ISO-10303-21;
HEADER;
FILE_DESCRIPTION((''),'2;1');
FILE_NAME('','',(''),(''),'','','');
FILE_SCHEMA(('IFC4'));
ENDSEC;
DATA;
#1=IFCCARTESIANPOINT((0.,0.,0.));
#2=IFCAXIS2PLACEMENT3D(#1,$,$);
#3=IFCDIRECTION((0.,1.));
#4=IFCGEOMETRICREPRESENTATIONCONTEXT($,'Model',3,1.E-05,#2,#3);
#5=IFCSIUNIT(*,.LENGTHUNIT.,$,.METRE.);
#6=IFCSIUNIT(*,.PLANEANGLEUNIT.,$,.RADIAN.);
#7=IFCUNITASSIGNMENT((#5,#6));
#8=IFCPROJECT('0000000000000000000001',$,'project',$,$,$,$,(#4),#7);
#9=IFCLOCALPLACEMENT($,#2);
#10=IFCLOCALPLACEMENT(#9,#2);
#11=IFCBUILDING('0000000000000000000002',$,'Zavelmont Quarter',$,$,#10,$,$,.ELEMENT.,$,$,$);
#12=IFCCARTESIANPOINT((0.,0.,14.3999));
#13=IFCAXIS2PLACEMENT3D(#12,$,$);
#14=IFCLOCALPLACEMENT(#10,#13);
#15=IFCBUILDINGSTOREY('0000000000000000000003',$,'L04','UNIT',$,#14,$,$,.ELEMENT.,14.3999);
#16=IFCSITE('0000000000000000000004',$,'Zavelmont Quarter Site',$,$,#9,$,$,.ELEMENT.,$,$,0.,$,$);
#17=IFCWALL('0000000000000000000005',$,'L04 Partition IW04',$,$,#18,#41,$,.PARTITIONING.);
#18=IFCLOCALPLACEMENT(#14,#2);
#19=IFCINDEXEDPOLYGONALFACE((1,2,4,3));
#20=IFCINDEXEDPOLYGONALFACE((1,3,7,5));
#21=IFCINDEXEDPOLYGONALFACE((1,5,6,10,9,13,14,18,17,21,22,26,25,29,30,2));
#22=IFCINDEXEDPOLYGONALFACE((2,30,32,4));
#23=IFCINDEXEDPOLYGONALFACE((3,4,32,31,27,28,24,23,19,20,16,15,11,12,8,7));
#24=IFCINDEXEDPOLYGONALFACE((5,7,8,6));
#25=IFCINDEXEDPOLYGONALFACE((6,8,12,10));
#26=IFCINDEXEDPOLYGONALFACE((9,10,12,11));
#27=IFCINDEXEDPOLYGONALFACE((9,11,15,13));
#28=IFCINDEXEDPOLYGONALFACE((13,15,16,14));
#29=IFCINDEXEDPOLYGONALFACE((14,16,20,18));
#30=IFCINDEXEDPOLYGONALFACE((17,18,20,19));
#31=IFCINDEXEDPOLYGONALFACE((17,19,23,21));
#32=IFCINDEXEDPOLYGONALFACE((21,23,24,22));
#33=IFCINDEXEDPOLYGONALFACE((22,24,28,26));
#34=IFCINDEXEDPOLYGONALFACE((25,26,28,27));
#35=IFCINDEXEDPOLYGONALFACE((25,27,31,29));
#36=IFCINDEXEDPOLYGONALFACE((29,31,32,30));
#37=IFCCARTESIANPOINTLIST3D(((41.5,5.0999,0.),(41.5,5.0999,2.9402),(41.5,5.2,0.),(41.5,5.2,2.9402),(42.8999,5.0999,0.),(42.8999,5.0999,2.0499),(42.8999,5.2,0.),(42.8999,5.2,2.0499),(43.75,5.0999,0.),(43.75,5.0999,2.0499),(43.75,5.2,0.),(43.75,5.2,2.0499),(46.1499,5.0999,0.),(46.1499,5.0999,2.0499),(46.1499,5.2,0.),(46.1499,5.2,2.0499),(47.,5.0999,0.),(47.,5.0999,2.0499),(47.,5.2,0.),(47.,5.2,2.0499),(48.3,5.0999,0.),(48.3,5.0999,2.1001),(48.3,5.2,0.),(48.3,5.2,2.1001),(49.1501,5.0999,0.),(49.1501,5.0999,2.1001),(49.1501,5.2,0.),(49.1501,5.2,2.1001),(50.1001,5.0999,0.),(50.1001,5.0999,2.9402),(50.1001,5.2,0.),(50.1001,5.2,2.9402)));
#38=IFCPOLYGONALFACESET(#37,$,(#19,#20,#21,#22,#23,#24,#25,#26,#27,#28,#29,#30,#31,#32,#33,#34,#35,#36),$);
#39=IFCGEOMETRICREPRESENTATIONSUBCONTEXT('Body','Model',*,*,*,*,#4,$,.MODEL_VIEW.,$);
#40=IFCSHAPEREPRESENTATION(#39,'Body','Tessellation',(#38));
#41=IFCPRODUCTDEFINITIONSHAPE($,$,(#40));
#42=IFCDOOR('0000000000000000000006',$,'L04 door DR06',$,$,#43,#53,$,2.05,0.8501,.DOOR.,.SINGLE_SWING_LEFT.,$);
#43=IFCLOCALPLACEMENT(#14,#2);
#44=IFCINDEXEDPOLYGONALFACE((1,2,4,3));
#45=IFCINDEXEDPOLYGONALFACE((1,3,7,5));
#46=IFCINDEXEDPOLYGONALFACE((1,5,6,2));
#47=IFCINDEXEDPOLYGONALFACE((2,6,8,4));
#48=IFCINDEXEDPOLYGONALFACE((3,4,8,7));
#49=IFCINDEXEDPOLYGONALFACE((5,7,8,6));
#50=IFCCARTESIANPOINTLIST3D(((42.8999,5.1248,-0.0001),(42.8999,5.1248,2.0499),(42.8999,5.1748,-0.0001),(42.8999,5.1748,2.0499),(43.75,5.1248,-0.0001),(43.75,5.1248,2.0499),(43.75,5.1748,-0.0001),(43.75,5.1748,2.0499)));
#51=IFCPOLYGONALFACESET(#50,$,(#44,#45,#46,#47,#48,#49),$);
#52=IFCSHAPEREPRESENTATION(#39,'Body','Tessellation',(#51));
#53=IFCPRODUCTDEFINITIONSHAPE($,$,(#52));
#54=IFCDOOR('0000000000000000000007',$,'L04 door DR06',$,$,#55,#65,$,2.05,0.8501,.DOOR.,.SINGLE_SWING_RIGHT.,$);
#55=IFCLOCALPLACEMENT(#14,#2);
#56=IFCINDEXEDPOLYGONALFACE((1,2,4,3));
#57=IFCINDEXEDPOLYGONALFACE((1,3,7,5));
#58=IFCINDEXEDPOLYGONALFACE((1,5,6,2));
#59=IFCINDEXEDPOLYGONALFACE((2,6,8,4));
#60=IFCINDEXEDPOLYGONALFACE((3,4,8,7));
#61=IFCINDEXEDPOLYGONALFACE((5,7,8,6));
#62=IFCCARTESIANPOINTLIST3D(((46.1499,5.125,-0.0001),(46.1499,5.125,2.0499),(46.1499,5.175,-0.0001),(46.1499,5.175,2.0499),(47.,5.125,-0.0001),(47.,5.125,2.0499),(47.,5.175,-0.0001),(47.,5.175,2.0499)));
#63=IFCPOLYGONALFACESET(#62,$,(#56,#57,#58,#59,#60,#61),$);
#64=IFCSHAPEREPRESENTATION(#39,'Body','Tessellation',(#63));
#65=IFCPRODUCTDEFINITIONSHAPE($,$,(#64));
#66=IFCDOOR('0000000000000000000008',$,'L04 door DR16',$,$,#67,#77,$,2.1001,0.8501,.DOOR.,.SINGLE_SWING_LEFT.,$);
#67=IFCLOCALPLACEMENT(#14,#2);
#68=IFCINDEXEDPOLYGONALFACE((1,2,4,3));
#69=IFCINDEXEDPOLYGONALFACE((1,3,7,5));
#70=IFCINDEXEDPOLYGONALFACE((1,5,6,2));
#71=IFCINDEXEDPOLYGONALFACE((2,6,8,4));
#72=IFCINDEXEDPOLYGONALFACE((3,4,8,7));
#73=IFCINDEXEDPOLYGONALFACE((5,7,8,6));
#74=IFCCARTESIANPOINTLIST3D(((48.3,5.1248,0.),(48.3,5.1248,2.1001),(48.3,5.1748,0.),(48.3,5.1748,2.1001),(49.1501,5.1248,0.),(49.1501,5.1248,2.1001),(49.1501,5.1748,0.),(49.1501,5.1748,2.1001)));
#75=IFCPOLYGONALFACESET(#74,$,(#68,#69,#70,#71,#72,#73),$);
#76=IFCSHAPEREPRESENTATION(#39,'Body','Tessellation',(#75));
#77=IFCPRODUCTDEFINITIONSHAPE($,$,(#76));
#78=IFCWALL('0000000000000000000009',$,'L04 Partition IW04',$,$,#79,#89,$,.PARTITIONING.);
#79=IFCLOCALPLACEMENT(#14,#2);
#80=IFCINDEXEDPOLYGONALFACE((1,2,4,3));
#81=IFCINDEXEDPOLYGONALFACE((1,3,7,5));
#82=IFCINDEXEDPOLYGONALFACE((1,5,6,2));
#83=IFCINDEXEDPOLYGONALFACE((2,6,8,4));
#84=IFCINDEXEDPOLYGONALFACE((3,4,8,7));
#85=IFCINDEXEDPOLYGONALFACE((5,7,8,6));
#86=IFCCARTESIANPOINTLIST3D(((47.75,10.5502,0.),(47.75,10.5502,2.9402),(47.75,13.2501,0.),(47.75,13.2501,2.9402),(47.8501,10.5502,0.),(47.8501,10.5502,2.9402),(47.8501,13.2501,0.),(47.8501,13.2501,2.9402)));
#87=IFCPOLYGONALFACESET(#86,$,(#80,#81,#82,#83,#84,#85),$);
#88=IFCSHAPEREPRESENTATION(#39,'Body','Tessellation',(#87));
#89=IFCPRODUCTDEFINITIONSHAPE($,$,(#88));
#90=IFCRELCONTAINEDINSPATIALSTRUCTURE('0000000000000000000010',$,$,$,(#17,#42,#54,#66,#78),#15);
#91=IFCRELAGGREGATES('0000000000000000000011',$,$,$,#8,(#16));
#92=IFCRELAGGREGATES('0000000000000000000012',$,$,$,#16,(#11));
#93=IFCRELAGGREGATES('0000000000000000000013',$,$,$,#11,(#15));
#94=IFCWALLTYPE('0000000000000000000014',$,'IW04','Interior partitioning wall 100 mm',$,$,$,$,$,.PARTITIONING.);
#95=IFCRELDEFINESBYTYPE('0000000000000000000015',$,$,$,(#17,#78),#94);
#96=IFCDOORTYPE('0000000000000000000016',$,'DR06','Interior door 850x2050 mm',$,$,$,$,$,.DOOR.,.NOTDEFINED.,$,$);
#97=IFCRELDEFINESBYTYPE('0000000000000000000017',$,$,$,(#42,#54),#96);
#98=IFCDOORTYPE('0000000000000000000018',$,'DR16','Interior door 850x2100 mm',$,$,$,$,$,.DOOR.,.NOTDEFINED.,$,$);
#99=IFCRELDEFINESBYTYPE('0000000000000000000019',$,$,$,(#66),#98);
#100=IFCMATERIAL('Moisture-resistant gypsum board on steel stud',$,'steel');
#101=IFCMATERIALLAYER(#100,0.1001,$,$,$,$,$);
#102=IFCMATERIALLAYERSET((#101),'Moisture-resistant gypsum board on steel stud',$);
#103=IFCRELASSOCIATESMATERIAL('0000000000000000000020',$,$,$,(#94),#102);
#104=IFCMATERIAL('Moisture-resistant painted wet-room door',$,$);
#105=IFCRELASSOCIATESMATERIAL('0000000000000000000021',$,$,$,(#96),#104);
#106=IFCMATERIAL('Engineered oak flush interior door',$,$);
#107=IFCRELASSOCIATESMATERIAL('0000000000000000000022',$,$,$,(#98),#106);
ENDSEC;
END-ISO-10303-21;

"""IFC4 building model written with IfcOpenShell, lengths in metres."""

from ifc_helpers import new_model, si_unit, direction, frame, frame_2d, origin, origin_with_axes, place, context, subcontext, project, spatial, rectangle, extrude, material, layer, layer_set, type_object, element, fill, save


model = new_model("IFC4")

# Units and contexts
model_context = context("Model", 3, precision=1e-05, world=origin(), true_north=direction((0.0, 1.0)))
body_context = subcontext(model_context, "Body", "Model", "MODEL_VIEW")
ifc_project = project(units=[si_unit("LENGTHUNIT", "METRE"), si_unit("PLANEANGLEUNIT", "RADIAN")], contexts=[model_context])

# Site, building, storey
site_placement = place(None, origin())
site = spatial("IfcSite", under=ifc_project, at=site_placement, Name="Zavelmont Quarter Site", CompositionType="ELEMENT", RefElevation=0.0)
building_placement = place(site_placement, origin())
building = spatial("IfcBuilding", under=site, at=building_placement, Name="Zavelmont Quarter", CompositionType="ELEMENT")
storey_placement = place(building_placement, frame((0.0, 0.0, 14.3999)))
storey = spatial("IfcBuildingStorey", under=building, at=storey_placement, Name="L04", Description="UNIT", CompositionType="ELEMENT", Elevation=14.3999)

# Shared definitions
ifc_material_1 = material(Name="Engineered oak flush interior door")

# Shared definitions
ifc_material_2 = material(Name="Moisture-resistant gypsum board on steel stud", Category="steel")
ifc_layer_1 = layer(ifc_material_2, 0.1001)
ifc_layer_set_1 = layer_set([ifc_layer_1], Name="Moisture-resistant gypsum board on steel stud")
wall_type_1 = type_object("IfcWallType", Name="IW04", Description="Interior partitioning wall 100 mm", PredefinedType="PARTITIONING", material=ifc_layer_set_1)

# Wall, openings, doors
wall_1_placement = place(storey_placement, frame((41.5, 5.1499, 0.0), z_axis=(0.0, 0.0, 1.0), x_axis=(1.0, 0.0, 0.0)))
wall_1 = element("IfcWall", 1, at=wall_1_placement, inside=storey, type_object=wall_type_1, Name="L04 Partition IW04", PredefinedType="PARTITIONING", context=body_context, shape_type="SweptSolid", body=[
    extrude(rectangle(XDim=8.6001, YDim=0.1001, at=frame_2d((4.3, 0.0))), origin(), (0.0, 0.0, 1.0), 2.9402),
])
opening_1_placement = place(wall_1_placement, frame((1.3999, 0.0, 0.0)))
opening_1 = element("IfcOpeningElement", 2, at=opening_1_placement, cuts=wall_1, PredefinedType="OPENING", context=body_context, shape_type="SweptSolid", body=[
    extrude(rectangle(XDim=0.8501, YDim=2.05, at=frame_2d((0.425, 1.0249))), frame((0.0, 0.062, 0.0), z_axis=(0.0, -1.0, 0.0), x_axis=(1.0, 0.0, 0.0)), (0.0, 0.0, 1.0), 0.124),
])
opening_2_placement = place(wall_1_placement, frame((4.6499, 0.0, 0.0)))
opening_2 = element("IfcOpeningElement", 3, at=opening_2_placement, cuts=wall_1, PredefinedType="OPENING", context=body_context, shape_type="SweptSolid", body=[
    extrude(rectangle(XDim=0.8501, YDim=2.05, at=frame_2d((0.425, 1.0249))), frame((0.0, 0.062, 0.0), z_axis=(0.0, -1.0, 0.0), x_axis=(1.0, 0.0, 0.0)), (0.0, 0.0, 1.0), 0.124),
])
opening_3_placement = place(wall_1_placement, frame((6.8, 0.0, 0.0)))
opening_3 = element("IfcOpeningElement", 4, at=opening_3_placement, cuts=wall_1, PredefinedType="OPENING", context=body_context, shape_type="SweptSolid", body=[
    extrude(rectangle(XDim=0.8501, YDim=2.1001, at=frame_2d((0.425, 1.05))), frame((0.0, 0.062, 0.0), z_axis=(0.0, -1.0, 0.0), x_axis=(1.0, 0.0, 0.0)), (0.0, 0.0, 1.0), 0.124),
])
ifc_material_3 = material(Name="Moisture-resistant painted wet-room door")
door_type_1 = type_object("IfcDoorType", Name="DR06", Description="Interior door 850x2050 mm", OperationType="NOTDEFINED", PredefinedType="DOOR", material=ifc_material_3)
door_1_placement = place(opening_1_placement, origin_with_axes())
door_1 = element("IfcDoor", 5, at=door_1_placement, inside=storey, type_object=door_type_1, Name="L04 door DR06", OperationType="SINGLE_SWING_LEFT", OverallHeight=2.05, OverallWidth=0.8501, PredefinedType="DOOR", context=body_context, shape_type="SweptSolid", body=[
    extrude(rectangle(XDim=0.8501, YDim=2.05, at=frame_2d((0.425, 1.0249))), frame((0.0, 0.0249, 0.0), z_axis=(0.0, -1.0, 0.0), x_axis=(1.0, 0.0, 0.0)), (0.0, 0.0, 1.0), 0.05),
])
fill(opening_1, door_1)
door_2_placement = place(opening_2_placement, frame((0.8501, 0.0, 0.0), z_axis=(0.0, 0.0, 1.0), x_axis=(-1.0, 0.0, 0.0)))
door_2 = element("IfcDoor", 6, at=door_2_placement, inside=storey, type_object=door_type_1, Name="L04 door DR06", OperationType="SINGLE_SWING_RIGHT", OverallHeight=2.05, OverallWidth=0.8501, PredefinedType="DOOR", context=body_context, shape_type="SweptSolid", body=[
    extrude(rectangle(XDim=0.8501, YDim=2.05, at=frame_2d((0.425, 1.0249))), frame((0.0, 0.0249, 0.0), z_axis=(0.0, -1.0, 0.0), x_axis=(1.0, 0.0, 0.0)), (0.0, 0.0, 1.0), 0.05),
])
fill(opening_2, door_2)
door_type_2 = type_object("IfcDoorType", Name="DR16", Description="Interior door 850x2100 mm", OperationType="NOTDEFINED", PredefinedType="DOOR", material=ifc_material_1)
door_3_placement = place(opening_3_placement, origin_with_axes())
door_3 = element("IfcDoor", 7, at=door_3_placement, inside=storey, type_object=door_type_2, Name="L04 door DR16", OperationType="SINGLE_SWING_LEFT", OverallHeight=2.1001, OverallWidth=0.8501, PredefinedType="DOOR", context=body_context, shape_type="SweptSolid", body=[
    extrude(rectangle(XDim=0.8501, YDim=2.1001, at=frame_2d((0.425, 1.05))), frame((0.0, 0.0249, 0.0), z_axis=(0.0, -1.0, 0.0), x_axis=(1.0, 0.0, 0.0)), (0.0, 0.0, 1.0), 0.05),
])
fill(opening_3, door_3)

# Wall
wall_2_placement = place(storey_placement, frame((47.8, 10.55, 0.0), z_axis=(0.0, 0.0, 1.0), x_axis=(0.0, 1.0, 0.0)))
element("IfcWall", 8, at=wall_2_placement, inside=storey, type_object=wall_type_1, Name="L04 Partition IW04", PredefinedType="PARTITIONING", context=body_context, shape_type="SweptSolid", body=[
    extrude(rectangle(XDim=2.7, YDim=0.1001, at=frame_2d((1.3501, 0.0))), origin(), (0.0, 0.0, 1.0), 2.9402),
])

save(model, "model.ifc")
